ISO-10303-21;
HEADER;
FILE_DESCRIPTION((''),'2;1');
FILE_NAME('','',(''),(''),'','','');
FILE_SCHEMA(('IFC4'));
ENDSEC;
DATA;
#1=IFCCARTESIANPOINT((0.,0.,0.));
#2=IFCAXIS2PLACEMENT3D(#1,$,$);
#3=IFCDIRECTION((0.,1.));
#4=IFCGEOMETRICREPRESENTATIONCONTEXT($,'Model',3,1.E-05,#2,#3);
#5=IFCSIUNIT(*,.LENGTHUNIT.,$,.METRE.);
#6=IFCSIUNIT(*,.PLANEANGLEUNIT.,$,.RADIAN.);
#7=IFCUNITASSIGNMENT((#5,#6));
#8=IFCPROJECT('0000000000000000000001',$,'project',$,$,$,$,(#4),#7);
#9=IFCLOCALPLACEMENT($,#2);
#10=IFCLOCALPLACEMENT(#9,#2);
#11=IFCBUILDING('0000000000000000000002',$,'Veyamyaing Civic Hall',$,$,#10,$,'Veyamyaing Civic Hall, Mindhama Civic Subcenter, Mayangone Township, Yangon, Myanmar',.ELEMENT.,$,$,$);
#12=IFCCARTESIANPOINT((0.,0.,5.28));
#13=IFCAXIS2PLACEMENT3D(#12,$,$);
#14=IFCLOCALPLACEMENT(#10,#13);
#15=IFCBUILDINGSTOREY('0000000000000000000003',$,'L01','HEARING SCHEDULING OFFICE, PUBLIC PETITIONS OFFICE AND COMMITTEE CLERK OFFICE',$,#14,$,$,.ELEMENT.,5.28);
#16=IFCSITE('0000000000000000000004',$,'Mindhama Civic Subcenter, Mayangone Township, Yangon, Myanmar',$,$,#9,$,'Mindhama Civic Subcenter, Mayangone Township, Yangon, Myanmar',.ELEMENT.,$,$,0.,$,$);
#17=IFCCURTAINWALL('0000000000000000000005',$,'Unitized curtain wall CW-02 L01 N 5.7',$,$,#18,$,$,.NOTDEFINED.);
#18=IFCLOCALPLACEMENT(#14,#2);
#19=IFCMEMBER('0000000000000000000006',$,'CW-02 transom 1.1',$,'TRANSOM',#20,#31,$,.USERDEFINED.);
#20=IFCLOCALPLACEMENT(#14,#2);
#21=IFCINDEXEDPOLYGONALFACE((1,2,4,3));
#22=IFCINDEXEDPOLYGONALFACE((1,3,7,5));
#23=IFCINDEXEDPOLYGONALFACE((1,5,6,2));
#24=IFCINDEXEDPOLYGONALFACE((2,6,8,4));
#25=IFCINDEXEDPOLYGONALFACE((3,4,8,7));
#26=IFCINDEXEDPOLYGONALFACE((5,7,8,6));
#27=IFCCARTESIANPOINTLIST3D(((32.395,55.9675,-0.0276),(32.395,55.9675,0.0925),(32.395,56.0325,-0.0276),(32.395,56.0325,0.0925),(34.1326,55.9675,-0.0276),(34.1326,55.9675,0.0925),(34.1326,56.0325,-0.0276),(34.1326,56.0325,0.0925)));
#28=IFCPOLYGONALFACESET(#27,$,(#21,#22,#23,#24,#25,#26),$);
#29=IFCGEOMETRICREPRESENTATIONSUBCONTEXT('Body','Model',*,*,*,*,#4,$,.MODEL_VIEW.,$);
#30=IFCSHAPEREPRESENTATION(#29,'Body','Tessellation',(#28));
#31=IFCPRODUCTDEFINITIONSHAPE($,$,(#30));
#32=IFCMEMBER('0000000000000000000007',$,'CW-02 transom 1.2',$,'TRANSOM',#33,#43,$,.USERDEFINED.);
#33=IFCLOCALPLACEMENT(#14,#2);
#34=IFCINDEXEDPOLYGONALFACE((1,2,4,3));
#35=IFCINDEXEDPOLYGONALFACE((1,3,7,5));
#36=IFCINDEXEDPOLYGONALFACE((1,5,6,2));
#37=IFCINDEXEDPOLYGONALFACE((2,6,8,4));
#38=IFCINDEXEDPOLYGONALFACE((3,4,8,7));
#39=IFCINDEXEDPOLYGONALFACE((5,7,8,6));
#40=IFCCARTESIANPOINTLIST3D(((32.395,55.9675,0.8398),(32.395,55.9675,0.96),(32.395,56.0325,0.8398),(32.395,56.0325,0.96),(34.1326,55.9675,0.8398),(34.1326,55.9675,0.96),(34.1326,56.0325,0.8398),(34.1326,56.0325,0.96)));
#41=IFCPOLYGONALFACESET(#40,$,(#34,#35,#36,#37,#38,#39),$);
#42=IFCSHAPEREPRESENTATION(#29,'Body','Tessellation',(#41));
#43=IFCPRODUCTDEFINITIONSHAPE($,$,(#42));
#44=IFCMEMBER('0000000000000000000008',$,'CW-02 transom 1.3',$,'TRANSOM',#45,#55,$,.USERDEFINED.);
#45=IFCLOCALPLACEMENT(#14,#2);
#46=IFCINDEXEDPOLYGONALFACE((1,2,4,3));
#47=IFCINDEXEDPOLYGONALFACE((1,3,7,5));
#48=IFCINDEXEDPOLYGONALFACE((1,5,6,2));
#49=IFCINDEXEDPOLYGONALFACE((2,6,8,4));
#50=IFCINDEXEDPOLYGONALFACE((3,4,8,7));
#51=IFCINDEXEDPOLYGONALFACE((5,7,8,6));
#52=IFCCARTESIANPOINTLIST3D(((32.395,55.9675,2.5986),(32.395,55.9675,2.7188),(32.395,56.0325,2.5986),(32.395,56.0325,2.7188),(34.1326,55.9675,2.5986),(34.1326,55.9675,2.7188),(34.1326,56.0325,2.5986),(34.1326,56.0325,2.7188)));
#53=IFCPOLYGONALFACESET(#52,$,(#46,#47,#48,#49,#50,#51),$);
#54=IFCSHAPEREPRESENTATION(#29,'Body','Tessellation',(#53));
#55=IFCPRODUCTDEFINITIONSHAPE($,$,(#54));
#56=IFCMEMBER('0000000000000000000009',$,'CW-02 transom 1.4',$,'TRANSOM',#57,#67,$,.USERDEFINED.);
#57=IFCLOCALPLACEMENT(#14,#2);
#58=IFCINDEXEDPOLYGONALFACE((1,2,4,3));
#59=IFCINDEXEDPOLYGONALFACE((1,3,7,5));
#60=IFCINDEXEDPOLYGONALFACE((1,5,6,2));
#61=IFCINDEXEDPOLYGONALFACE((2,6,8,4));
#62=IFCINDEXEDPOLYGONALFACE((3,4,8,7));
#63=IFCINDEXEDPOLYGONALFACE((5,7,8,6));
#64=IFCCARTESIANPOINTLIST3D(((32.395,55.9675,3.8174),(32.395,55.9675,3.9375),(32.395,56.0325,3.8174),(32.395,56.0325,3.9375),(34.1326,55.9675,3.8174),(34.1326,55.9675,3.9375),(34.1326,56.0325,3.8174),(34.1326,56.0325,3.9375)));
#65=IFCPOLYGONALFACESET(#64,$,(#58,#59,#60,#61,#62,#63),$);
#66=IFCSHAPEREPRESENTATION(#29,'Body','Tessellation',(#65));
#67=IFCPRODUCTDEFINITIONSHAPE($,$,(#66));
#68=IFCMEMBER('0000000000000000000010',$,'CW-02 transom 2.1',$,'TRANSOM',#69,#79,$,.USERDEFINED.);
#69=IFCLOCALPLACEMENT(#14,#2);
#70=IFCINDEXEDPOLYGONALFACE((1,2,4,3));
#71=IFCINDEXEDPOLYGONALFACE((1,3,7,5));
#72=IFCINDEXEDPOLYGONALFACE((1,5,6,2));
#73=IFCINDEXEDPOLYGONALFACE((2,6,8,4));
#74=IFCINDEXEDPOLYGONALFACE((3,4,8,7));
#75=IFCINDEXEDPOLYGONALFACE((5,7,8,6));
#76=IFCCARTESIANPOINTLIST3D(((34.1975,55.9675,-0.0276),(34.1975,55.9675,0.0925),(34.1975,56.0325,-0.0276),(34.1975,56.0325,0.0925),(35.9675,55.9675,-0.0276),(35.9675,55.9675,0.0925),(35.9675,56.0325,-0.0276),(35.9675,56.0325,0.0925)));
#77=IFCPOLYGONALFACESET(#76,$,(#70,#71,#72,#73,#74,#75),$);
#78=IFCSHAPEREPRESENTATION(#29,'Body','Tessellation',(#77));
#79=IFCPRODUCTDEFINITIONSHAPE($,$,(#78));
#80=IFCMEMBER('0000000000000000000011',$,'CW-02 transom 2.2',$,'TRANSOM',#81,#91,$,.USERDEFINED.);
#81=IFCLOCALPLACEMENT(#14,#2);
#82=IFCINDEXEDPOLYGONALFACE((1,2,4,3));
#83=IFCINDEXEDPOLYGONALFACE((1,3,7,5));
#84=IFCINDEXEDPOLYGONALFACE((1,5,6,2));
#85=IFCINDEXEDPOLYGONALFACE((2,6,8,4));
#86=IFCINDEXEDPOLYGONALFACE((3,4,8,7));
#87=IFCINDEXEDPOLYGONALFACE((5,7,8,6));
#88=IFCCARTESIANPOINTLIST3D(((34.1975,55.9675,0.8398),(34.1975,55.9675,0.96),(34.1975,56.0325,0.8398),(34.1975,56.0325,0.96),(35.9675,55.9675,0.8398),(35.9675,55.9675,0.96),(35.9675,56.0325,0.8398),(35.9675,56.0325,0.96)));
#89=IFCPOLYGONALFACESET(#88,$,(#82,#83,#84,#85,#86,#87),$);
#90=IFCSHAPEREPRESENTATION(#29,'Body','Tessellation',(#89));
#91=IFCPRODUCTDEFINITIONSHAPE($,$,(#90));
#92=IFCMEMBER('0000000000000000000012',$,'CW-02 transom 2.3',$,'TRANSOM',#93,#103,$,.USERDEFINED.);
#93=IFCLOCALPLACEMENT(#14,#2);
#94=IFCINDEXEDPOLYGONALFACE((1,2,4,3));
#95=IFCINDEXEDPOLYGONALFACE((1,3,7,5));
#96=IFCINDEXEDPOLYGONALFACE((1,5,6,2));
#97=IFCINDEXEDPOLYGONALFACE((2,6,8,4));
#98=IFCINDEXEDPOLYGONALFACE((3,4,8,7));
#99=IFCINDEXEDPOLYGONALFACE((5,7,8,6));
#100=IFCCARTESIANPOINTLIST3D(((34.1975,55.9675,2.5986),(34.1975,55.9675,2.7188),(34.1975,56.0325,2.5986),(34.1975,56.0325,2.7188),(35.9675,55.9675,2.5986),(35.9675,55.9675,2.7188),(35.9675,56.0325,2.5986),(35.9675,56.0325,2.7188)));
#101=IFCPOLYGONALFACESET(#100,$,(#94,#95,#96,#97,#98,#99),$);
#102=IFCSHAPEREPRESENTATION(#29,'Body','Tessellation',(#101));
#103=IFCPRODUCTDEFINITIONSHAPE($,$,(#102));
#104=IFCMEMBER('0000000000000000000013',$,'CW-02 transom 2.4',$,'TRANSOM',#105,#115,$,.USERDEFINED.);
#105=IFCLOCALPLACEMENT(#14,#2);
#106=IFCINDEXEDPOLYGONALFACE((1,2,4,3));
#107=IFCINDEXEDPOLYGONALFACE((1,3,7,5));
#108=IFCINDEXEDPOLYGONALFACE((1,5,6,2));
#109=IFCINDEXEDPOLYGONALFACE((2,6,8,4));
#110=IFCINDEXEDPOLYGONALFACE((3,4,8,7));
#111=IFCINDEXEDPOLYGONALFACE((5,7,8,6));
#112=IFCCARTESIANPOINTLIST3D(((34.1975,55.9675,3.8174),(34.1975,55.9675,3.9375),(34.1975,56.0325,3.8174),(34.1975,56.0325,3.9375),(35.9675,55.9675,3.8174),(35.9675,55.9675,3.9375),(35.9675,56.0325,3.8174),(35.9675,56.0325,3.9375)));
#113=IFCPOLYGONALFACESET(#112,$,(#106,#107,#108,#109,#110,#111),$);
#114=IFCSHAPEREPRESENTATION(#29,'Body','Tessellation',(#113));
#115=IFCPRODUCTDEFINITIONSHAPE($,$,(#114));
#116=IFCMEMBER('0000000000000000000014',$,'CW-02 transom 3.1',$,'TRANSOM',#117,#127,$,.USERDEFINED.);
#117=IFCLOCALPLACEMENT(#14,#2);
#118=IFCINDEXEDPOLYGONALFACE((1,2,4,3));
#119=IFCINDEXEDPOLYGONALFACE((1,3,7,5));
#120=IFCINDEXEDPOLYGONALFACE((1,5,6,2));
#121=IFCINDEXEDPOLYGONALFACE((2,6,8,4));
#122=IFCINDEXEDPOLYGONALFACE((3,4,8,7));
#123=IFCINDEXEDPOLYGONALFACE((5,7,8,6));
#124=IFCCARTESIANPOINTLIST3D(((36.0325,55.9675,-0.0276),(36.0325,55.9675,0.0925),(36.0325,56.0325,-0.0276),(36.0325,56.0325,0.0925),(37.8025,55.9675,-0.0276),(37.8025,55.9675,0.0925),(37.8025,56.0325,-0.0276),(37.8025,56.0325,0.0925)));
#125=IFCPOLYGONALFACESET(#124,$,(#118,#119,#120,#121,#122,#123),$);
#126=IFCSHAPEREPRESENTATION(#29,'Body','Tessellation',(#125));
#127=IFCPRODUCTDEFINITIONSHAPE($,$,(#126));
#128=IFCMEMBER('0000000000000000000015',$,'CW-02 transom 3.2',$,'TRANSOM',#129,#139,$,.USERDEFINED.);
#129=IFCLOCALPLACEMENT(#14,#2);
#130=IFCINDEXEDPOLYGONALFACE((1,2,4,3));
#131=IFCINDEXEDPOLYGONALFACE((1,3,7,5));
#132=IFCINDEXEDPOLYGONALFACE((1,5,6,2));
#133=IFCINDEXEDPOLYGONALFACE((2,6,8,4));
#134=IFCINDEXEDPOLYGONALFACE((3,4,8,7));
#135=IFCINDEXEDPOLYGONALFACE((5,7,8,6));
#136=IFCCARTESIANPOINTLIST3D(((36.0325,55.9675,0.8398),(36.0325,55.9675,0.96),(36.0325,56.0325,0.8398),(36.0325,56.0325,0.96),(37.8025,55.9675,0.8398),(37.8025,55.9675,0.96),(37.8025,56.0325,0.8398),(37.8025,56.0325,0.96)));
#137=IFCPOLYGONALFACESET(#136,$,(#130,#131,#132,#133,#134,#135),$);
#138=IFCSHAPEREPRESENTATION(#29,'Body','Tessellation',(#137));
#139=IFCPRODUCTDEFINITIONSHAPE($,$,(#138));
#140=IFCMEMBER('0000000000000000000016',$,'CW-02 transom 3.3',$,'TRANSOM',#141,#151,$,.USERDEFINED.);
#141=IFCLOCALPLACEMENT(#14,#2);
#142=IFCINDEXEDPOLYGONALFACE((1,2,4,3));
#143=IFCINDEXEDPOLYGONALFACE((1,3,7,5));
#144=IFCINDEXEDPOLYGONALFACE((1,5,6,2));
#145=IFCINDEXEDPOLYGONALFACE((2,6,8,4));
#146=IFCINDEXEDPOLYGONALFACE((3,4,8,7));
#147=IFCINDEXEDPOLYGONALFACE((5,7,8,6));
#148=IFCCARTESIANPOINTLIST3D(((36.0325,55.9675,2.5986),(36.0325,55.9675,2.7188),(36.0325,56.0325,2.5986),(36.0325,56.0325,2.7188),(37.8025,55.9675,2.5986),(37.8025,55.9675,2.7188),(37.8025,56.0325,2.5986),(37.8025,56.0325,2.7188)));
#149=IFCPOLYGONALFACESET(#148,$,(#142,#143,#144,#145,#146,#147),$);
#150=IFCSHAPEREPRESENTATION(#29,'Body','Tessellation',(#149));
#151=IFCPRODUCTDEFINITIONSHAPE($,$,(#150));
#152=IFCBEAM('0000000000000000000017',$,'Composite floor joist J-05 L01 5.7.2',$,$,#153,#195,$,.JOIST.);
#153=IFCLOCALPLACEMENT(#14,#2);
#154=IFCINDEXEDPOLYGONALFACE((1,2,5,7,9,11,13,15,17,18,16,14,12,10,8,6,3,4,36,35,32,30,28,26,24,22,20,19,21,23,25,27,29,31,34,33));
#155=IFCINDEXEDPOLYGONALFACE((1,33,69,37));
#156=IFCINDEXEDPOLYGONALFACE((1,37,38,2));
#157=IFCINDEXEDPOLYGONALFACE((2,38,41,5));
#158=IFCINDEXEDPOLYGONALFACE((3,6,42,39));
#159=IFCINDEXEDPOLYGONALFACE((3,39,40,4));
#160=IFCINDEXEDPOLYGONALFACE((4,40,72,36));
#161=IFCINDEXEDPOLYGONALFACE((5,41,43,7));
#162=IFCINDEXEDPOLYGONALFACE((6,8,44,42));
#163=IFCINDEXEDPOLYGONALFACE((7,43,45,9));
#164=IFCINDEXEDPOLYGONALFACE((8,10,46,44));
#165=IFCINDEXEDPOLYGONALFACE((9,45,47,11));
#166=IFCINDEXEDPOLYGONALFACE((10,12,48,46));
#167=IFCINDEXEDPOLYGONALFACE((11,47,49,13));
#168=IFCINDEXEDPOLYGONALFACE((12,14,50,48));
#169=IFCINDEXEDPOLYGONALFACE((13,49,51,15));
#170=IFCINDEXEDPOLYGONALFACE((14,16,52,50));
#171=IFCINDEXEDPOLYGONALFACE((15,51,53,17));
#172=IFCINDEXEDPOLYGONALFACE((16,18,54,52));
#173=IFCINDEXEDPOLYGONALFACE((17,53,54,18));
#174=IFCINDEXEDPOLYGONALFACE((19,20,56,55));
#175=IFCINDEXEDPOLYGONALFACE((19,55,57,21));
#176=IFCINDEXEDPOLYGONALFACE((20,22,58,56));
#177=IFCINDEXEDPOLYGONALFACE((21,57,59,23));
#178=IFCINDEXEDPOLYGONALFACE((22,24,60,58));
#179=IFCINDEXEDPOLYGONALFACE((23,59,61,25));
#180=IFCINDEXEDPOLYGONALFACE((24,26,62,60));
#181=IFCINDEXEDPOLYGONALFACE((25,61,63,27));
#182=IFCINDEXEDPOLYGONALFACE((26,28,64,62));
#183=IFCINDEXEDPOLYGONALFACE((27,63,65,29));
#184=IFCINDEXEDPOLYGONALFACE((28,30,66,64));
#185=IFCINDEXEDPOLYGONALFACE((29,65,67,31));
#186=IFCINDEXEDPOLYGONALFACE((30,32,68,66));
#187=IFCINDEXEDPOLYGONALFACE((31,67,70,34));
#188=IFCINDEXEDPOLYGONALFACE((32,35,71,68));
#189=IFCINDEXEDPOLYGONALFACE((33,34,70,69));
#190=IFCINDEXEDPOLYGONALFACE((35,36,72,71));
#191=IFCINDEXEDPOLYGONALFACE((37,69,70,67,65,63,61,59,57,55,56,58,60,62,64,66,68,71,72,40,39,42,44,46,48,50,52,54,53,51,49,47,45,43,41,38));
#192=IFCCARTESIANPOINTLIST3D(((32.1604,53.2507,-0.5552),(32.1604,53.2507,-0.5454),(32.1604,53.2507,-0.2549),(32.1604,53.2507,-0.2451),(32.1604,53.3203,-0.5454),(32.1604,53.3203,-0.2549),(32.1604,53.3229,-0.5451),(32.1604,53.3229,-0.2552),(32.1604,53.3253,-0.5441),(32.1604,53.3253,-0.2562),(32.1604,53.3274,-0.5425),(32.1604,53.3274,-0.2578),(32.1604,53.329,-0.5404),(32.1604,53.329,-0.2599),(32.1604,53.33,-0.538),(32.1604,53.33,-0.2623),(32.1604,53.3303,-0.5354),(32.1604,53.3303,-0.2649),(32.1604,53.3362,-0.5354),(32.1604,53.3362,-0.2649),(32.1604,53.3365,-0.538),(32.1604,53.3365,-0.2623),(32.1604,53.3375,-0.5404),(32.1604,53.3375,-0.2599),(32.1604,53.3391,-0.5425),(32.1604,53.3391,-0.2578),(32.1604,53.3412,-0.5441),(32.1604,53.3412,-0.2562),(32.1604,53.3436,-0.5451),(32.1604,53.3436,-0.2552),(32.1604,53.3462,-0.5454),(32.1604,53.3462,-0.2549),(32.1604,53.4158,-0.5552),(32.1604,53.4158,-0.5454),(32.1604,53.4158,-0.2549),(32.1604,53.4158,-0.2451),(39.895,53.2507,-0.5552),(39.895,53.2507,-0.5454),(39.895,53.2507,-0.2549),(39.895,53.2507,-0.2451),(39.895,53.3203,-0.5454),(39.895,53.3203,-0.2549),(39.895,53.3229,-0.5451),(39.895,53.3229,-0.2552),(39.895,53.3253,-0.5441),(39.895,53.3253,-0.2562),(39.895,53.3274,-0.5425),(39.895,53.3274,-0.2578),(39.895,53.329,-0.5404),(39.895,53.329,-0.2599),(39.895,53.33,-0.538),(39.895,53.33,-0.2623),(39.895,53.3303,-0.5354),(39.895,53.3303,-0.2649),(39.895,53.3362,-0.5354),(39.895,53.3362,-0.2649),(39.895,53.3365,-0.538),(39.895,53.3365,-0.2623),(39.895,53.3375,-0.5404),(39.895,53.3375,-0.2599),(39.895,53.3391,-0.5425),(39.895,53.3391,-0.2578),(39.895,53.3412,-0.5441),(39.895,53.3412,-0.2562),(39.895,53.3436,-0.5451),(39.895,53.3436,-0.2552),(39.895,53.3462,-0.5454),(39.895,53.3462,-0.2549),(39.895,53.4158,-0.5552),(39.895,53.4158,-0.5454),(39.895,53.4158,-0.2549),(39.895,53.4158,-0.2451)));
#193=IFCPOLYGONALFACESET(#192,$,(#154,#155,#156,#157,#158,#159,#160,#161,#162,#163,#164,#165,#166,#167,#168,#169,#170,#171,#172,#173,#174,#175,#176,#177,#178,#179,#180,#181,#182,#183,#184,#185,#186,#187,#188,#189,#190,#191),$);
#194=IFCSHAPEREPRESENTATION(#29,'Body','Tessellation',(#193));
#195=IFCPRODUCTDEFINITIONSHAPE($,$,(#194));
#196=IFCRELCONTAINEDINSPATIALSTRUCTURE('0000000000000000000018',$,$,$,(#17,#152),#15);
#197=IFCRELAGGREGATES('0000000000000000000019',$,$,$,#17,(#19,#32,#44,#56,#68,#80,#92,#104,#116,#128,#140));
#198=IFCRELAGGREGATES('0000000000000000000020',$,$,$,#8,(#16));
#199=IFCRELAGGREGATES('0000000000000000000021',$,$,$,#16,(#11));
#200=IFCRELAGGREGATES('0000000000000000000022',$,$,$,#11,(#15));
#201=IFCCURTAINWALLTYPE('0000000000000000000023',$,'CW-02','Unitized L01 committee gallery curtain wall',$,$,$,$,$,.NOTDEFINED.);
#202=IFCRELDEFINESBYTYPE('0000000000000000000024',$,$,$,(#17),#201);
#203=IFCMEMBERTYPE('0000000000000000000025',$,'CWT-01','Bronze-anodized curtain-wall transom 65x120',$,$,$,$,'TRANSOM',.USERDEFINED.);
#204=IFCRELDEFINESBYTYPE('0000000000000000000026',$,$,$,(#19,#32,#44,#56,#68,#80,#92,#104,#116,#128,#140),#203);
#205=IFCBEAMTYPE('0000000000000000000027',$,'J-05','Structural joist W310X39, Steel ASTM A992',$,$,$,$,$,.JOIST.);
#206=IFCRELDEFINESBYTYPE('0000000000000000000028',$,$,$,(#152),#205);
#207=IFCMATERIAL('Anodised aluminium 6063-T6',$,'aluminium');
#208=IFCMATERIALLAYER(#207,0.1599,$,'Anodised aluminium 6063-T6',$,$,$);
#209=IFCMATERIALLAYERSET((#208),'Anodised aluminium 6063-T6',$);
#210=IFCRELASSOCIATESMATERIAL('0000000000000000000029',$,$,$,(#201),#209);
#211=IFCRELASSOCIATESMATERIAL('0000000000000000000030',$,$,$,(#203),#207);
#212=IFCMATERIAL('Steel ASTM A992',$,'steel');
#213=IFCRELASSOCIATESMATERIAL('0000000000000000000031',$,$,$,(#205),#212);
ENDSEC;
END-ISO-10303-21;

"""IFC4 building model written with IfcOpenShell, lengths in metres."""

from ifc_helpers import new_model, si_unit, direction, frame, origin, origin_2d, place, context, subcontext, project, spatial, rectangle, i_section, extrude, material, layer, layer_set, material_profile, profile_set, type_object, element, aggregate, save


model = new_model("IFC4")

# Units and contexts
model_context = context("Model", 3, precision=1e-05, world=origin(), true_north=direction((0.0, 1.0)))
body_context = subcontext(model_context, "Body", "Model", "MODEL_VIEW")
ifc_project = project(units=[si_unit("LENGTHUNIT", "METRE"), si_unit("PLANEANGLEUNIT", "RADIAN")], contexts=[model_context])

# Site, building, storey
site_placement = place(None, origin())
site = spatial("IfcSite", under=ifc_project, at=site_placement, Name="Mindhama Civic Subcenter, Mayangone Township, Yangon, Myanmar", LongName="Mindhama Civic Subcenter, Mayangone Township, Yangon, Myanmar", CompositionType="ELEMENT", RefElevation=0.0)
building_placement = place(site_placement, origin())
building = spatial("IfcBuilding", under=site, at=building_placement, Name="Veyamyaing Civic Hall", LongName="Veyamyaing Civic Hall, Mindhama Civic Subcenter, Mayangone Township, Yangon, Myanmar", CompositionType="ELEMENT")
storey_placement = place(building_placement, frame((0.0, 0.0, 5.28)))
storey = spatial("IfcBuildingStorey", under=building, at=storey_placement, Name="L01", Description="HEARING SCHEDULING OFFICE, PUBLIC PETITIONS OFFICE AND COMMITTEE CLERK OFFICE", CompositionType="ELEMENT", Elevation=5.28)

# Shared definitions
ifc_material_1 = material(Name="Steel ASTM A992", Category="steel")

# Curtain wall
ifc_material_2 = material(Name="Anodised aluminium 6063-T6", Category="aluminium")
ifc_layer_1 = layer(ifc_material_2, 0.1599, Name="Anodised aluminium 6063-T6")
ifc_layer_set_1 = layer_set([ifc_layer_1], Name="Anodised aluminium 6063-T6")
curtain_wall_type = type_object("IfcCurtainWallType", Name="CW-02", Description="Unitized L01 committee gallery curtain wall", PredefinedType="NOTDEFINED", material=ifc_layer_set_1)
curtain_wall_1_placement = place(storey_placement, origin())
curtain_wall_1 = element("IfcCurtainWall", 1, at=curtain_wall_1_placement, inside=storey, type_object=curtain_wall_type, Name="Unitized curtain wall CW-02 L01 N 5.7", PredefinedType="NOTDEFINED")

# Members
ifc_material_profile_1 = material_profile(ifc_material_2, rectangle(XDim=0.0649, YDim=0.1201, at=origin_2d()), Name="ALU-TRN-65X120")
ifc_profile_set_1 = profile_set([ifc_material_profile_1], Name="Anodised aluminium 6063-T6")
member_type_1 = type_object("IfcMemberType", Name="CWT-01", Description="Bronze-anodized curtain-wall transom 65x120", ElementType="TRANSOM", PredefinedType="USERDEFINED", material=ifc_profile_set_1)
member_1_placement = place(storey_placement, frame((32.395, 56.0, 0.0325), z_axis=(1.0, 0.0, 0.0), x_axis=(0.0, 1.0, 0.0)))
member_1 = element("IfcMember", 2, at=member_1_placement, type_object=member_type_1, Name="CW-02 transom 1.1", ObjectType="TRANSOM", PredefinedType="USERDEFINED", context=body_context, shape_type="SweptSolid", body=[
    extrude(rectangle(XDim=0.0649, YDim=0.1201, at=origin_2d()), origin(), (0.0, 0.0, 1.0), 1.7375),
])
member_2_placement = place(storey_placement, frame((32.395, 56.0, 0.8999), z_axis=(1.0, 0.0, 0.0), x_axis=(0.0, 1.0, 0.0)))
member_2 = element("IfcMember", 3, at=member_2_placement, type_object=member_type_1, Name="CW-02 transom 1.2", ObjectType="TRANSOM", PredefinedType="USERDEFINED", context=body_context, shape_type="SweptSolid", body=[
    extrude(rectangle(XDim=0.0649, YDim=0.1201, at=origin_2d()), origin(), (0.0, 0.0, 1.0), 1.7375),
])
member_3_placement = place(storey_placement, frame((32.395, 56.0, 2.6587), z_axis=(1.0, 0.0, 0.0), x_axis=(0.0, 1.0, 0.0)))
member_3 = element("IfcMember", 4, at=member_3_placement, type_object=member_type_1, Name="CW-02 transom 1.3", ObjectType="TRANSOM", PredefinedType="USERDEFINED", context=body_context, shape_type="SweptSolid", body=[
    extrude(rectangle(XDim=0.0649, YDim=0.1201, at=origin_2d()), origin(), (0.0, 0.0, 1.0), 1.7375),
])
member_4_placement = place(storey_placement, frame((32.395, 56.0, 3.8774), z_axis=(1.0, 0.0, 0.0), x_axis=(0.0, 1.0, 0.0)))
member_4 = element("IfcMember", 5, at=member_4_placement, type_object=member_type_1, Name="CW-02 transom 1.4", ObjectType="TRANSOM", PredefinedType="USERDEFINED", context=body_context, shape_type="SweptSolid", body=[
    extrude(rectangle(XDim=0.0649, YDim=0.1201, at=origin_2d()), origin(), (0.0, 0.0, 1.0), 1.7375),
])
member_5_placement = place(storey_placement, frame((34.1975, 56.0, 0.0325), z_axis=(1.0, 0.0, 0.0), x_axis=(0.0, 1.0, 0.0)))
member_5 = element("IfcMember", 6, at=member_5_placement, type_object=member_type_1, Name="CW-02 transom 2.1", ObjectType="TRANSOM", PredefinedType="USERDEFINED", context=body_context, shape_type="SweptSolid", body=[
    extrude(rectangle(XDim=0.0649, YDim=0.1201, at=origin_2d()), origin(), (0.0, 0.0, 1.0), 1.77),
])
member_6_placement = place(storey_placement, frame((34.1975, 56.0, 0.8999), z_axis=(1.0, 0.0, 0.0), x_axis=(0.0, 1.0, 0.0)))
member_6 = element("IfcMember", 7, at=member_6_placement, type_object=member_type_1, Name="CW-02 transom 2.2", ObjectType="TRANSOM", PredefinedType="USERDEFINED", context=body_context, shape_type="SweptSolid", body=[
    extrude(rectangle(XDim=0.0649, YDim=0.1201, at=origin_2d()), origin(), (0.0, 0.0, 1.0), 1.77),
])
member_7_placement = place(storey_placement, frame((34.1975, 56.0, 2.6587), z_axis=(1.0, 0.0, 0.0), x_axis=(0.0, 1.0, 0.0)))
member_7 = element("IfcMember", 8, at=member_7_placement, type_object=member_type_1, Name="CW-02 transom 2.3", ObjectType="TRANSOM", PredefinedType="USERDEFINED", context=body_context, shape_type="SweptSolid", body=[
    extrude(rectangle(XDim=0.0649, YDim=0.1201, at=origin_2d()), origin(), (0.0, 0.0, 1.0), 1.77),
])
member_8_placement = place(storey_placement, frame((34.1975, 56.0, 3.8774), z_axis=(1.0, 0.0, 0.0), x_axis=(0.0, 1.0, 0.0)))
member_8 = element("IfcMember", 9, at=member_8_placement, type_object=member_type_1, Name="CW-02 transom 2.4", ObjectType="TRANSOM", PredefinedType="USERDEFINED", context=body_context, shape_type="SweptSolid", body=[
    extrude(rectangle(XDim=0.0649, YDim=0.1201, at=origin_2d()), origin(), (0.0, 0.0, 1.0), 1.77),
])
member_9_placement = place(storey_placement, frame((36.0325, 56.0, 0.0325), z_axis=(1.0, 0.0, 0.0), x_axis=(0.0, 1.0, 0.0)))
member_9 = element("IfcMember", 10, at=member_9_placement, type_object=member_type_1, Name="CW-02 transom 3.1", ObjectType="TRANSOM", PredefinedType="USERDEFINED", context=body_context, shape_type="SweptSolid", body=[
    extrude(rectangle(XDim=0.0649, YDim=0.1201, at=origin_2d()), origin(), (0.0, 0.0, 1.0), 1.77),
])
member_10_placement = place(storey_placement, frame((36.0325, 56.0, 0.8999), z_axis=(1.0, 0.0, 0.0), x_axis=(0.0, 1.0, 0.0)))
member_10 = element("IfcMember", 11, at=member_10_placement, type_object=member_type_1, Name="CW-02 transom 3.2", ObjectType="TRANSOM", PredefinedType="USERDEFINED", context=body_context, shape_type="SweptSolid", body=[
    extrude(rectangle(XDim=0.0649, YDim=0.1201, at=origin_2d()), origin(), (0.0, 0.0, 1.0), 1.77),
])
member_11_placement = place(storey_placement, frame((36.0325, 56.0, 2.6587), z_axis=(1.0, 0.0, 0.0), x_axis=(0.0, 1.0, 0.0)))
member_11 = element("IfcMember", 12, at=member_11_placement, type_object=member_type_1, Name="CW-02 transom 3.3", ObjectType="TRANSOM", PredefinedType="USERDEFINED", context=body_context, shape_type="SweptSolid", body=[
    extrude(rectangle(XDim=0.0649, YDim=0.1201, at=origin_2d()), origin(), (0.0, 0.0, 1.0), 1.77),
])

# Beam
ifc_material_profile_2 = material_profile(ifc_material_1, i_section(OverallWidth=0.165, OverallDepth=0.3101, WebThickness=0.0059, FlangeThickness=0.0098, FilletRadius=0.01, at=origin_2d()), Name="W310X39")
ifc_profile_set_2 = profile_set([ifc_material_profile_2], Name="Steel ASTM A992")
beam_type_1 = type_object("IfcBeamType", Name="J-05", Description="Structural joist W310X39, Steel ASTM A992", PredefinedType="JOIST", material=ifc_profile_set_2)
beam_1_placement = place(storey_placement, frame((32.1604, 53.3333, -0.4001), z_axis=(1.0, 0.0, 0.0), x_axis=(0.0, 1.0, 0.0)))
element("IfcBeam", 13, at=beam_1_placement, inside=storey, type_object=beam_type_1, Name="Composite floor joist J-05 L01 5.7.2", PredefinedType="JOIST", context=body_context, shape_type="SweptSolid", body=[
    extrude(i_section(OverallWidth=0.165, OverallDepth=0.3101, WebThickness=0.0059, FlangeThickness=0.0098, FilletRadius=0.01, at=origin_2d()), origin(), (0.0, 0.0, 1.0), 7.7346),
])

aggregate(curtain_wall_1, [member_1, member_2, member_3, member_4, member_5, member_6, member_7, member_8, member_9, member_10, member_11])

save(model, "model.ifc")
